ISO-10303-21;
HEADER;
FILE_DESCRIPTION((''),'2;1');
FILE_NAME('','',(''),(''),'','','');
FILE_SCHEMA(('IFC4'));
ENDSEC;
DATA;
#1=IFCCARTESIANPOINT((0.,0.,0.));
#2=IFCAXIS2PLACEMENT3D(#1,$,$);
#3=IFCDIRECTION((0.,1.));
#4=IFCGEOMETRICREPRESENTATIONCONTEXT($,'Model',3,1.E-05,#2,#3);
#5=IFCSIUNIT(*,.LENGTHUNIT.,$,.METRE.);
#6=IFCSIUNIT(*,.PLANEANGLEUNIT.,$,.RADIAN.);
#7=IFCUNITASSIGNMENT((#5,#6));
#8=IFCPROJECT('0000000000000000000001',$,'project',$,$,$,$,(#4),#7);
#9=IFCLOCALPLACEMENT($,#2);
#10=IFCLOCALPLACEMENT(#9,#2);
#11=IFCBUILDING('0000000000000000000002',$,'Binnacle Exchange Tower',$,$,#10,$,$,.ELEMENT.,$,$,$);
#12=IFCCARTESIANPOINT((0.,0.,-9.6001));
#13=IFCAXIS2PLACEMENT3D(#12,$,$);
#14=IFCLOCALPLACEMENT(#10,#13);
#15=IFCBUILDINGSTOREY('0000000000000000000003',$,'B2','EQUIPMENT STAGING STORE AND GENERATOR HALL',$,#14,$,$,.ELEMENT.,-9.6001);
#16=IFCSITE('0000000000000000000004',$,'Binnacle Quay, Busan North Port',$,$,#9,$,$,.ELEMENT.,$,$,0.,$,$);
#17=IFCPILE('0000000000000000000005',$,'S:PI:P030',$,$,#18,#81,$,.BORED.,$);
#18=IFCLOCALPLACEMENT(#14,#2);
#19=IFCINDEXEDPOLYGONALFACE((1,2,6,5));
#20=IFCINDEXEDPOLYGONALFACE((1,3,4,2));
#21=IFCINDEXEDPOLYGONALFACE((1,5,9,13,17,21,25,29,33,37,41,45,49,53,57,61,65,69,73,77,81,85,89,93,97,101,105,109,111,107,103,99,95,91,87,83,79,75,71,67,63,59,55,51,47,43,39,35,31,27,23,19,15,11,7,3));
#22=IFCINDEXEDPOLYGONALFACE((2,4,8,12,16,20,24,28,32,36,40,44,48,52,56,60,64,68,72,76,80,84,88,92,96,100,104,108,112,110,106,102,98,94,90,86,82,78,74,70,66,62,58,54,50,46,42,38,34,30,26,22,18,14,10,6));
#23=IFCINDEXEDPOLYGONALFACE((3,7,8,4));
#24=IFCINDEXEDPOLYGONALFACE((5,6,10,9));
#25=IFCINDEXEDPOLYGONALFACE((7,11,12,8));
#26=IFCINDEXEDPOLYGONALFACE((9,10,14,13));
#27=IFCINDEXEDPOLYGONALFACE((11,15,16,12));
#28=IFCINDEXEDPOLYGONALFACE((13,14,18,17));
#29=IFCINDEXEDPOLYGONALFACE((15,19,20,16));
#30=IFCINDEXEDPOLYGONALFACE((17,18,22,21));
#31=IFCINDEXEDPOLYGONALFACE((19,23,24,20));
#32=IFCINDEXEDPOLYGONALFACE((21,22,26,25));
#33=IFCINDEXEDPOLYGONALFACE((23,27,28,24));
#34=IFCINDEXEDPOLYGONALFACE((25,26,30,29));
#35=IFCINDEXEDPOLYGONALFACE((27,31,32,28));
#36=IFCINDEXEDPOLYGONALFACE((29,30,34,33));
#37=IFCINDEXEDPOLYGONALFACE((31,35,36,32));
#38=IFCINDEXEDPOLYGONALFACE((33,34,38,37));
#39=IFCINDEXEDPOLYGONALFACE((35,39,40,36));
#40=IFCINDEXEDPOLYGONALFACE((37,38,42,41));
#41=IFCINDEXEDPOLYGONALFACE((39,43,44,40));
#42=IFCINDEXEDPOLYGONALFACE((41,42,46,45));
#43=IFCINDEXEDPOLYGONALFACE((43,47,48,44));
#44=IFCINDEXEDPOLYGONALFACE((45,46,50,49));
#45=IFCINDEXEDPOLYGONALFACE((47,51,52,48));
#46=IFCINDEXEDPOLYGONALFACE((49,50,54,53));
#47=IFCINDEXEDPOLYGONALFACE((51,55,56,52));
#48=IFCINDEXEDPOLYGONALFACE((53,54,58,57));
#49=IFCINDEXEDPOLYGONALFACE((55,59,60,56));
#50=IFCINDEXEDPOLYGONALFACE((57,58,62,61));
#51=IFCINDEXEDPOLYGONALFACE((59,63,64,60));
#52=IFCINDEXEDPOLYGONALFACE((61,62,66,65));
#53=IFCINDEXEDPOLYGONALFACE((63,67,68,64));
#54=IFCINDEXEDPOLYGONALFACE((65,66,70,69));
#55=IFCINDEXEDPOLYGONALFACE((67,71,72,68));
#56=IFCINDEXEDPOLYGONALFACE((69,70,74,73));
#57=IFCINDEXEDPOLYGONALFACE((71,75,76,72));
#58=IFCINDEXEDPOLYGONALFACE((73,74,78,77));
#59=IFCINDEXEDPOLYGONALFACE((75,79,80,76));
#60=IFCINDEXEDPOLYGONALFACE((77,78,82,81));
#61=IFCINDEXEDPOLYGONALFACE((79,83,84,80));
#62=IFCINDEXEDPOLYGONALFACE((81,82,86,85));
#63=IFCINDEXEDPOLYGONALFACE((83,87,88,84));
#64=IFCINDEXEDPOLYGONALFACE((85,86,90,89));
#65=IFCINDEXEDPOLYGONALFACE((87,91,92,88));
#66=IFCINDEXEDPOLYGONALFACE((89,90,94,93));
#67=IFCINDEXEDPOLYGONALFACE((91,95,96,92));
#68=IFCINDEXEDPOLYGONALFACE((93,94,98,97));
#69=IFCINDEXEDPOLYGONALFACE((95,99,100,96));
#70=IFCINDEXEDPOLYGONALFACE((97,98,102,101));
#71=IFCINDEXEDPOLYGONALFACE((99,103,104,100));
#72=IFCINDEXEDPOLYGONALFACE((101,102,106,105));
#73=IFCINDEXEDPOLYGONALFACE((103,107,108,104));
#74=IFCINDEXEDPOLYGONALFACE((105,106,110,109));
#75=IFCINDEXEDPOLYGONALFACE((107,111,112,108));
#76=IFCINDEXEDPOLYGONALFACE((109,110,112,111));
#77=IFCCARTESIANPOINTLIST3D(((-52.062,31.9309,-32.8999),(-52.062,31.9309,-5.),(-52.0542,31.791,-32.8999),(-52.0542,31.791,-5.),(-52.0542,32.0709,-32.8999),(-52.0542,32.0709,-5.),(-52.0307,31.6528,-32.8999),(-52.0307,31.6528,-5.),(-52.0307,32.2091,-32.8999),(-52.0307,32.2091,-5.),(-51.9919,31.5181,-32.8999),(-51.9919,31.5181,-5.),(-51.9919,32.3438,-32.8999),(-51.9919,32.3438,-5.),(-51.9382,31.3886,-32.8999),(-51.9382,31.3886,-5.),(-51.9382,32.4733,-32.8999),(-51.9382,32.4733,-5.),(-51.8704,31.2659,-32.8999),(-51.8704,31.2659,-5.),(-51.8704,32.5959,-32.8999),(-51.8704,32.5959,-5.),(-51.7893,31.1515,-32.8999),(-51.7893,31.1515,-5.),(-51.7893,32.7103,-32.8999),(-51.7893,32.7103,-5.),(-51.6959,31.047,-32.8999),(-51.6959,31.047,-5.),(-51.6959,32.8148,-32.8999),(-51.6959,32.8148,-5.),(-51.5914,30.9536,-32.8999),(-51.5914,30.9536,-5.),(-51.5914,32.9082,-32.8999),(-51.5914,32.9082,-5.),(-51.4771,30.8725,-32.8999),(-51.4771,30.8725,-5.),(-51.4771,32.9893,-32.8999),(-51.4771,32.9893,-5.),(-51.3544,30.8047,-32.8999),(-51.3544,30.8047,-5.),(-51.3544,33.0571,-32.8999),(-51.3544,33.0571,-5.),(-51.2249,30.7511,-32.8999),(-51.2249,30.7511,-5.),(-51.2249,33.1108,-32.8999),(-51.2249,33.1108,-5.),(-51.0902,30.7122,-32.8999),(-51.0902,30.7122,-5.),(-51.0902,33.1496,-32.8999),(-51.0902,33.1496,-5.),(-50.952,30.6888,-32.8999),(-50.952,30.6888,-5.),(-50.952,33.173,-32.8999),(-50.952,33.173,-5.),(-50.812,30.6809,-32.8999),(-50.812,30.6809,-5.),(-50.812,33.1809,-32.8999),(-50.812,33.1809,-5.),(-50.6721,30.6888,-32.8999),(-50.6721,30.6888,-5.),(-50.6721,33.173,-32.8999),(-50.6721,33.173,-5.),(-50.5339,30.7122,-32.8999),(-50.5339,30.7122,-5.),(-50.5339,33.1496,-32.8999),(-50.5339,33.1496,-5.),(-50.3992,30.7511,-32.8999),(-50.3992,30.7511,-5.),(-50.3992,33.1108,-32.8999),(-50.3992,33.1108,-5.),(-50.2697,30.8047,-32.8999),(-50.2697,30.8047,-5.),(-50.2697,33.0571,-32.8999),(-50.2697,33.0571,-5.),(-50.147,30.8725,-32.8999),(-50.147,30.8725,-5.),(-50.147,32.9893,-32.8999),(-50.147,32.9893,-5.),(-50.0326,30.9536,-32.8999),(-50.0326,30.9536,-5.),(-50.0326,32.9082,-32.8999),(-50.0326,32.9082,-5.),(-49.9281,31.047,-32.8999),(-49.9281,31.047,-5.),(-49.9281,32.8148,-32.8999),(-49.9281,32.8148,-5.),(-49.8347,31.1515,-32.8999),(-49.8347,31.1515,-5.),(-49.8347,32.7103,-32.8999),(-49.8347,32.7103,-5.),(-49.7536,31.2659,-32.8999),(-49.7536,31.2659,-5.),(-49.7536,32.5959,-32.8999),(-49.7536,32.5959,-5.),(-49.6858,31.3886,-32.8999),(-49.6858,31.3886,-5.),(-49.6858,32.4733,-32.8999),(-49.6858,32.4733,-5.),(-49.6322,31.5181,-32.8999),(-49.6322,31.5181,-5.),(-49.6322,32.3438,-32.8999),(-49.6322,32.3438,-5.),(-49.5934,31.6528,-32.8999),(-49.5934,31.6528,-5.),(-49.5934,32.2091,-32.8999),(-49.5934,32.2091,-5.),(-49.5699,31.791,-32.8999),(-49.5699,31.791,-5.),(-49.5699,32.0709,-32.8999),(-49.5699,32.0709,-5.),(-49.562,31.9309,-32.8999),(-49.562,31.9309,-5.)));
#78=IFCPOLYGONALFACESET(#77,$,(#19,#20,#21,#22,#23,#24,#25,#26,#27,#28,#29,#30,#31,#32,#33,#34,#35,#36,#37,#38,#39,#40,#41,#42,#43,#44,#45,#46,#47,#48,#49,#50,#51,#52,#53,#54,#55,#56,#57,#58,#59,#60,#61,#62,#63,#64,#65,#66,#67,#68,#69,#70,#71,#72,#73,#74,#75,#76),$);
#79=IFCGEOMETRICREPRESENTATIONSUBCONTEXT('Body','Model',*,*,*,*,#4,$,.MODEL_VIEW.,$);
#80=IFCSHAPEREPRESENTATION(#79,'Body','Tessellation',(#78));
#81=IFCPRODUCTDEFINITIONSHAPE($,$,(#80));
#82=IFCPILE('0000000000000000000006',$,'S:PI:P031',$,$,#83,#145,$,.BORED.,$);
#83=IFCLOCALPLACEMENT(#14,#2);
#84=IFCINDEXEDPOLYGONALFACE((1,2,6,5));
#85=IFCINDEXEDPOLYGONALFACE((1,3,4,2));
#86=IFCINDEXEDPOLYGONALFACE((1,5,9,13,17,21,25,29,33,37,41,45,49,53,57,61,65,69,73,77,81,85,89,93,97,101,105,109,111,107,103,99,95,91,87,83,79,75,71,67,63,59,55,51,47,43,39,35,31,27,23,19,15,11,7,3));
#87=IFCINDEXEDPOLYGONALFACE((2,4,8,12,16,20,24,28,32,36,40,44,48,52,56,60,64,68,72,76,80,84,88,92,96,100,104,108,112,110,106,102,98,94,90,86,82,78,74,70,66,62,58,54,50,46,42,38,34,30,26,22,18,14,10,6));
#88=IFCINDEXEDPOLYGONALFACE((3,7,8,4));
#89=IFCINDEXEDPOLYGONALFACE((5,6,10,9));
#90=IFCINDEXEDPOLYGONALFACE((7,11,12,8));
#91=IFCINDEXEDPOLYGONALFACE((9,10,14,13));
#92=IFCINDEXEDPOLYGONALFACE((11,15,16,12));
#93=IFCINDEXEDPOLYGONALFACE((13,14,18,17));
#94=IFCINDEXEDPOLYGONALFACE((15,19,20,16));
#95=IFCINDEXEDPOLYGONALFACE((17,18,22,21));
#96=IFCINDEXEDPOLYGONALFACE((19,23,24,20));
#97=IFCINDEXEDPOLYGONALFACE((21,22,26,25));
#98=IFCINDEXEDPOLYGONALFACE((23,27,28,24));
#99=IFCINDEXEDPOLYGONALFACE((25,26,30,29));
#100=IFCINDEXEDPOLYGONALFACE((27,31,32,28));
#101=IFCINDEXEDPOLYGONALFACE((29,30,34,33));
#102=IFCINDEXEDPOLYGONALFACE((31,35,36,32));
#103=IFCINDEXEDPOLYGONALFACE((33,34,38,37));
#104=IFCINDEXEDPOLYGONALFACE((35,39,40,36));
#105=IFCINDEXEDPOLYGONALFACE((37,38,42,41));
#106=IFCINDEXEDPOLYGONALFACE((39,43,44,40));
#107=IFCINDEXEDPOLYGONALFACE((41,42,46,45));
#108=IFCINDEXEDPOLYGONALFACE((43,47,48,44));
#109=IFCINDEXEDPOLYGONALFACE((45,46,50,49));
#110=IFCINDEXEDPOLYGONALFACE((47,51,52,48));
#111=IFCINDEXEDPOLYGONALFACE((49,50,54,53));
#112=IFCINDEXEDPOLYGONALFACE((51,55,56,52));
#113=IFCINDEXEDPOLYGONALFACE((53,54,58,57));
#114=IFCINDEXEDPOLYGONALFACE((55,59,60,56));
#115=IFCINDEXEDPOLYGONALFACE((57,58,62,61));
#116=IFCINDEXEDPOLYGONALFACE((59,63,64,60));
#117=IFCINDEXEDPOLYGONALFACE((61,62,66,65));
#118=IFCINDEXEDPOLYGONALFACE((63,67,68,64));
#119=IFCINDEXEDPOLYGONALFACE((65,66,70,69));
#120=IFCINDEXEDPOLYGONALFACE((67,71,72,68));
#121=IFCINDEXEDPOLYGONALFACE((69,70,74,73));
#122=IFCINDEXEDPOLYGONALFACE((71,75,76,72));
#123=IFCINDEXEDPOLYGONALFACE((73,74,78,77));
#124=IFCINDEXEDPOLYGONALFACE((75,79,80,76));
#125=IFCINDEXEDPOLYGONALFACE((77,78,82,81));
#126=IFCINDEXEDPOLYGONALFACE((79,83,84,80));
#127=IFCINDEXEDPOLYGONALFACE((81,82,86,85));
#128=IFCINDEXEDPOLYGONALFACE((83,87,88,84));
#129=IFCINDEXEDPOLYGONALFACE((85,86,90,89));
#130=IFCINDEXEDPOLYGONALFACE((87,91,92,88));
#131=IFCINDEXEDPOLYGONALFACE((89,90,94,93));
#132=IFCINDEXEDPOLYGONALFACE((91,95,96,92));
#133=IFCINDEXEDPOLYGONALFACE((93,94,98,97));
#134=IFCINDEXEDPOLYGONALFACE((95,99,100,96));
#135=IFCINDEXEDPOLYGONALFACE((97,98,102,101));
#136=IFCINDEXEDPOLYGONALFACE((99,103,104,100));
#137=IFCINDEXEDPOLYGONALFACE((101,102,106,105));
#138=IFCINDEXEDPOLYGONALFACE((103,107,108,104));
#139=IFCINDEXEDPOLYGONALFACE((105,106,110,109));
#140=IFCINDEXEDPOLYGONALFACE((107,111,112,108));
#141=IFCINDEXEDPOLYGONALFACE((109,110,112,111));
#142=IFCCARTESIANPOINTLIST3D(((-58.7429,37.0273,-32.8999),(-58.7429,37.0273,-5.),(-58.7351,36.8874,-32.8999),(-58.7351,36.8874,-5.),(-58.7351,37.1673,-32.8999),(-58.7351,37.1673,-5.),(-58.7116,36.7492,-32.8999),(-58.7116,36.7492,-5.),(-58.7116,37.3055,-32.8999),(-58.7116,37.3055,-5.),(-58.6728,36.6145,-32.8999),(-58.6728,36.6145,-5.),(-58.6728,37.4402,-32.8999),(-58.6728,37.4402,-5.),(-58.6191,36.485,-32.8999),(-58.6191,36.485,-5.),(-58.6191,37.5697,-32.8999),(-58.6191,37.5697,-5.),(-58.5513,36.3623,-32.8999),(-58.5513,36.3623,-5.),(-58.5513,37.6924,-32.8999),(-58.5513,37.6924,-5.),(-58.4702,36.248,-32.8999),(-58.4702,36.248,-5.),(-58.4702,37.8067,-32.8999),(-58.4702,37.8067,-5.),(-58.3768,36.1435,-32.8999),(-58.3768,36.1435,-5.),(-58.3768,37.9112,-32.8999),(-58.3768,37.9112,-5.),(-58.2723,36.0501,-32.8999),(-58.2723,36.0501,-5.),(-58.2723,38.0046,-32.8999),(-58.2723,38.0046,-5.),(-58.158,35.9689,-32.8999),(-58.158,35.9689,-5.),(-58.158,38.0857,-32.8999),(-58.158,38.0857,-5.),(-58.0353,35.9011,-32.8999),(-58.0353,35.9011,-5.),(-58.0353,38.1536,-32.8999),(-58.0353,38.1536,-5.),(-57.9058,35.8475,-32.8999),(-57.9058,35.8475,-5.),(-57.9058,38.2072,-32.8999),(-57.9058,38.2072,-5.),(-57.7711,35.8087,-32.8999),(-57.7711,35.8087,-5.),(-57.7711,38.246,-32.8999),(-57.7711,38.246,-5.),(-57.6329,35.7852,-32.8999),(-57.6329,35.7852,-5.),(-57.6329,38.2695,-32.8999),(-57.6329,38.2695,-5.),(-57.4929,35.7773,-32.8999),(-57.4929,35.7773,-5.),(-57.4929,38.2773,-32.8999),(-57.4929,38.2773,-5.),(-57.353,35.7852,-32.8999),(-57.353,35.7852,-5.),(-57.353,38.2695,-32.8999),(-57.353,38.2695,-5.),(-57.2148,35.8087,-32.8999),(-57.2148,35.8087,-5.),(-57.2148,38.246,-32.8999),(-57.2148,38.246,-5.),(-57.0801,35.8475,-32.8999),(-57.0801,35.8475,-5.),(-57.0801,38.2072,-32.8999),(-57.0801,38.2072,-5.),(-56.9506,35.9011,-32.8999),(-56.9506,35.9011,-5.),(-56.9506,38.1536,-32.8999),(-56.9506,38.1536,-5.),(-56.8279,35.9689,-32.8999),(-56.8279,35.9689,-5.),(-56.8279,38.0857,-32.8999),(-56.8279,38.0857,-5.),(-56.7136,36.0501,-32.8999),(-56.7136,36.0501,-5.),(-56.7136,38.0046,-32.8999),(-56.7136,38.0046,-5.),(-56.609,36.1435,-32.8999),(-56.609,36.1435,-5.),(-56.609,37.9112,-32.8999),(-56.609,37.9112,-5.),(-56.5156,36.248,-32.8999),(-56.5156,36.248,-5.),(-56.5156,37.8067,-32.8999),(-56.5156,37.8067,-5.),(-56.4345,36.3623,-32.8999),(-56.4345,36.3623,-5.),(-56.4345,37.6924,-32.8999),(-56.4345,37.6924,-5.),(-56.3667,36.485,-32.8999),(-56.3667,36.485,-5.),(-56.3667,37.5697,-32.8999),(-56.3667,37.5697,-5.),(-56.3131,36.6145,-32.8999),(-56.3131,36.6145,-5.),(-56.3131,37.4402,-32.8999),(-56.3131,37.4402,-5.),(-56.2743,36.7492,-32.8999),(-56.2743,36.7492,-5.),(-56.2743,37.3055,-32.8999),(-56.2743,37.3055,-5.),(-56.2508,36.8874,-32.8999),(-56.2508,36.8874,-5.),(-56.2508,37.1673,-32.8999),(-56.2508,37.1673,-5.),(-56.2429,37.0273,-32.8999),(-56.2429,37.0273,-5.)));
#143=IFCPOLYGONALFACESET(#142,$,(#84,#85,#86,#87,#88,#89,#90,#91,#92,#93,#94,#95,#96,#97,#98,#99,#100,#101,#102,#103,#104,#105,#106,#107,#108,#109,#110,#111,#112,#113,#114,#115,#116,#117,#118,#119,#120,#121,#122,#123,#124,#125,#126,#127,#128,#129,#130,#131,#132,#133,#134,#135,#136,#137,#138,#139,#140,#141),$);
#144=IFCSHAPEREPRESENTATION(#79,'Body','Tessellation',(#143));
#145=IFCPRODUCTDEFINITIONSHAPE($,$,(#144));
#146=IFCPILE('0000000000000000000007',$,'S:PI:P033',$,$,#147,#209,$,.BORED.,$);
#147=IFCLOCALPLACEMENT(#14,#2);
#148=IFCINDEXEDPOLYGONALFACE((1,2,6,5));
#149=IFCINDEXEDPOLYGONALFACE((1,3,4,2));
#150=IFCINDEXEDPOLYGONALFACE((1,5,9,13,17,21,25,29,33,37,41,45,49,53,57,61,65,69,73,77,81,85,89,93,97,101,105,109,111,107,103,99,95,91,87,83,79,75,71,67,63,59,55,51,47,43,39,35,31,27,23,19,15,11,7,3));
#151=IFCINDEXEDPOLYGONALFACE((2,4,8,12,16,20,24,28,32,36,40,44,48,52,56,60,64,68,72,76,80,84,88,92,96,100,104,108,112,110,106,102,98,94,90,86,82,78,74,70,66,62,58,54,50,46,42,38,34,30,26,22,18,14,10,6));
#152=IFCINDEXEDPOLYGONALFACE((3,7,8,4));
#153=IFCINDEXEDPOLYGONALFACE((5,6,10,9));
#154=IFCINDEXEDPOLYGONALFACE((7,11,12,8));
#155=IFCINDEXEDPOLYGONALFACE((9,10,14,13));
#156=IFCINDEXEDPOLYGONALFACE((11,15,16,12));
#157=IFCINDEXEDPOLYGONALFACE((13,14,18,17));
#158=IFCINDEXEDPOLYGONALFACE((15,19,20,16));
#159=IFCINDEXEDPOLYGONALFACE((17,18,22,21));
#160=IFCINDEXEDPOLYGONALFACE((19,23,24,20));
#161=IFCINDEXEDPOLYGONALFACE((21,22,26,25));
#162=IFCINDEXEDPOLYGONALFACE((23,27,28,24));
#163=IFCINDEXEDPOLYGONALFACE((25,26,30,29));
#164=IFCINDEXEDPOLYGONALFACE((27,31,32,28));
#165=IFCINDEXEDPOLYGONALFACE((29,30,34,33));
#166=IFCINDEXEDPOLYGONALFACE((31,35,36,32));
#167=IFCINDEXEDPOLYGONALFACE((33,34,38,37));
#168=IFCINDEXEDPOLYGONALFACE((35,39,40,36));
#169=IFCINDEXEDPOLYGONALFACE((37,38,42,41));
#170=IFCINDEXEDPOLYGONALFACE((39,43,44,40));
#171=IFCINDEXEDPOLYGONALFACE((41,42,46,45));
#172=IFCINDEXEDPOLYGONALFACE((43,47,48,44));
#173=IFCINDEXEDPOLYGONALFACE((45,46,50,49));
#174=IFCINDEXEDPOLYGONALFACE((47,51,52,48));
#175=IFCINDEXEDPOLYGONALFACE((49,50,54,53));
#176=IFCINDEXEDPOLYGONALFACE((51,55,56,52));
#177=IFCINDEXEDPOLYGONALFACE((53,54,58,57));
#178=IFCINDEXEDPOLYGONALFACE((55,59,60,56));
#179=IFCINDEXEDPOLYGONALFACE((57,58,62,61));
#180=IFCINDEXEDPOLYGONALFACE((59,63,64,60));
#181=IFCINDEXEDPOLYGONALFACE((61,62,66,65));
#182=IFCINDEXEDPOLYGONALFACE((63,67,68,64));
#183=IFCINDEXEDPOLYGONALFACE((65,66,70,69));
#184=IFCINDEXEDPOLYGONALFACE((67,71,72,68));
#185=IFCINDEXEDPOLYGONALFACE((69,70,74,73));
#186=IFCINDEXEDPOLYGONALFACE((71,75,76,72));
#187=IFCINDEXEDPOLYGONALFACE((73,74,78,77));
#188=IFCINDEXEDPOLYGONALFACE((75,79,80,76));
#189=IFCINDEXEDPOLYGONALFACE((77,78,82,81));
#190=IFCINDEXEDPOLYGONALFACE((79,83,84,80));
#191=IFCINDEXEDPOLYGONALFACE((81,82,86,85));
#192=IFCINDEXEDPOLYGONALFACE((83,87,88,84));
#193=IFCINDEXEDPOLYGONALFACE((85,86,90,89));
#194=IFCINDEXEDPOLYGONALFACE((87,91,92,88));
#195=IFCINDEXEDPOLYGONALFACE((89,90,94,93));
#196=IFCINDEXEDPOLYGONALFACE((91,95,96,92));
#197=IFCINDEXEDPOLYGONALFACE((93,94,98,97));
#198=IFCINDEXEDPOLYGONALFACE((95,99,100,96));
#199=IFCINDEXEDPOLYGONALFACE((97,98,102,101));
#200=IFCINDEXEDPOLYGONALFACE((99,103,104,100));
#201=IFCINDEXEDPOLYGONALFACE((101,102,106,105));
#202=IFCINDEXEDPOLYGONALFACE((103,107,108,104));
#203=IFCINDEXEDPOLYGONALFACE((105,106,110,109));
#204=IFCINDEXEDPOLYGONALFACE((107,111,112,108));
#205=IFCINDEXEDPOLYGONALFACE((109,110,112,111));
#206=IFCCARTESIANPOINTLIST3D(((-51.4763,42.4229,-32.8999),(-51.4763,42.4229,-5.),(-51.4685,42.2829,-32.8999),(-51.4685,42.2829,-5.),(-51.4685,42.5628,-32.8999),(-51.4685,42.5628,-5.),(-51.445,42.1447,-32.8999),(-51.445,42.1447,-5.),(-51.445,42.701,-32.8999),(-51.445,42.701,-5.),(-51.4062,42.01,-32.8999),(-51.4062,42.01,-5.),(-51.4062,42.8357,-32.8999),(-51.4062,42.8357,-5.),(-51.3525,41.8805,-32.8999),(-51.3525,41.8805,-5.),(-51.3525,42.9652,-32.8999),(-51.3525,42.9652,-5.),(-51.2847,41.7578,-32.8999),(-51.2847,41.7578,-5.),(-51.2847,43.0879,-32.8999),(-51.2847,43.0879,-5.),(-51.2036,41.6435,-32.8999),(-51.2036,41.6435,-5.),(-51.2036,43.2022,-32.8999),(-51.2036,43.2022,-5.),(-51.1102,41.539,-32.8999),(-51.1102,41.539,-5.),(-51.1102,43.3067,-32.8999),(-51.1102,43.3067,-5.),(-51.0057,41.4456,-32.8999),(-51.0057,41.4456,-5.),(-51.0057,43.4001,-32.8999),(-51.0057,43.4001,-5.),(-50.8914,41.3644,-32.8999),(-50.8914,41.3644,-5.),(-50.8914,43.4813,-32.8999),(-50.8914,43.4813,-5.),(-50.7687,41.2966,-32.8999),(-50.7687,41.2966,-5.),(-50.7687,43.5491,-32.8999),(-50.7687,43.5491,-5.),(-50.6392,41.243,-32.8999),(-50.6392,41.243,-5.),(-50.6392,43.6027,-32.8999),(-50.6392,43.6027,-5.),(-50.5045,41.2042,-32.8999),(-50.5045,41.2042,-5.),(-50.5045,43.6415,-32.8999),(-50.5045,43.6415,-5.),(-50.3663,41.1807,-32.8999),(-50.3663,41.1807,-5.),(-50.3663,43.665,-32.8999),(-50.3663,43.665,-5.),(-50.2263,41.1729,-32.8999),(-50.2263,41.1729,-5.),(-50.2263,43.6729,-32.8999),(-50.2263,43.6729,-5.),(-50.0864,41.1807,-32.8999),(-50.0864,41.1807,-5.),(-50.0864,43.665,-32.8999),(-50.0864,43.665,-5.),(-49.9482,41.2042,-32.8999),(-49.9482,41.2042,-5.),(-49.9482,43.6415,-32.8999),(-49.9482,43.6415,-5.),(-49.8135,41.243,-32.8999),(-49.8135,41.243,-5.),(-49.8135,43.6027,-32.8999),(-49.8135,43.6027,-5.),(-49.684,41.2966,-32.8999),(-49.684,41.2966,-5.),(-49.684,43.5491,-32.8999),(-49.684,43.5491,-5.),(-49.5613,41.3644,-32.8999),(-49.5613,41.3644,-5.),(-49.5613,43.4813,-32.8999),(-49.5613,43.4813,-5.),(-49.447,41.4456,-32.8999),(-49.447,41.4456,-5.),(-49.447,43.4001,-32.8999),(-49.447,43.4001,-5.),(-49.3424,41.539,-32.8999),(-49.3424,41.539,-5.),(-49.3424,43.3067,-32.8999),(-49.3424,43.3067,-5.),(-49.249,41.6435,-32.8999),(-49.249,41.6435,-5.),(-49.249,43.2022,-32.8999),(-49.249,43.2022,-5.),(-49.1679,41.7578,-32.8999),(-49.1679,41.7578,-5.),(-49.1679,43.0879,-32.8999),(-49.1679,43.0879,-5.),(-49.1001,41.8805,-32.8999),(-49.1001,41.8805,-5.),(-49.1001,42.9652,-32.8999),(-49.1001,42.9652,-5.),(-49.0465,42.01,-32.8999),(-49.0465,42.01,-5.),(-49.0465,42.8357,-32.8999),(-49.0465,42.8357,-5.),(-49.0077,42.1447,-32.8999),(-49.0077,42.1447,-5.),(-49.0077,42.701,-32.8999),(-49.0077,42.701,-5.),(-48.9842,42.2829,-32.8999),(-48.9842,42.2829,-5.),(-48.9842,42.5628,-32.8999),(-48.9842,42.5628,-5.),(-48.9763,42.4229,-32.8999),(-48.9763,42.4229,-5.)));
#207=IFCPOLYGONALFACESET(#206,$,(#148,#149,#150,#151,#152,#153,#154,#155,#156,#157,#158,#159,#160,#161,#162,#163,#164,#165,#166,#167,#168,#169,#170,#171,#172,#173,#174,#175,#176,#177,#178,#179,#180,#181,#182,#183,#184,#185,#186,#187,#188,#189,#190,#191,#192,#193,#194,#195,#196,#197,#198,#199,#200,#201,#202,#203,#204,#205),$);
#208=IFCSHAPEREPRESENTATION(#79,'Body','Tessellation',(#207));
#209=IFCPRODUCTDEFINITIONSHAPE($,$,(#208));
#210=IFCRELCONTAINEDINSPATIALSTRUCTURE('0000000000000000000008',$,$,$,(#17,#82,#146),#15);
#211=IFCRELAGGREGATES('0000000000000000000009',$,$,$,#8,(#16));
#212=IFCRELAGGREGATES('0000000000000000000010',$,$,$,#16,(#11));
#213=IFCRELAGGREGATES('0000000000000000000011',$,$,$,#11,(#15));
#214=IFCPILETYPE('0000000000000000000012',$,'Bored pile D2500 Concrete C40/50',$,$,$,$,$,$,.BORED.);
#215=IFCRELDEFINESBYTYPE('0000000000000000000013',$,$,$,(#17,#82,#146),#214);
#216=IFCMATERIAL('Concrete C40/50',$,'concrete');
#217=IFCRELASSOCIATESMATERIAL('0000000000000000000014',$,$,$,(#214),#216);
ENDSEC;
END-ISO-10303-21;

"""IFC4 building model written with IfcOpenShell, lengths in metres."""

from ifc_helpers import new_model, si_unit, direction, frame, origin, origin_2d, place, context, subcontext, project, spatial, circle, extrude, material, material_profile, profile_set, type_object, element, save


model = new_model("IFC4")

# Units and contexts
model_context = context("Model", 3, precision=1e-05, world=origin(), true_north=direction((0.0, 1.0)))
body_context = subcontext(model_context, "Body", "Model", "MODEL_VIEW")
ifc_project = project(units=[si_unit("LENGTHUNIT", "METRE"), si_unit("PLANEANGLEUNIT", "RADIAN")], contexts=[model_context])

# Site, building, storey
site_placement = place(None, origin())
site = spatial("IfcSite", under=ifc_project, at=site_placement, Name="Binnacle Quay, Busan North Port", CompositionType="ELEMENT", RefElevation=0.0)
building_placement = place(site_placement, origin())
building = spatial("IfcBuilding", under=site, at=building_placement, Name="Binnacle Exchange Tower", CompositionType="ELEMENT")
storey_placement = place(building_placement, frame((0.0, 0.0, -9.6001)))
storey = spatial("IfcBuildingStorey", under=building, at=storey_placement, Name="B2", Description="EQUIPMENT STAGING STORE AND GENERATOR HALL", CompositionType="ELEMENT", Elevation=-9.6001)

# Piles
ifc_material_1 = material(Name="Concrete C40/50", Category="concrete")
ifc_material_profile_1 = material_profile(ifc_material_1, circle(Radius=1.25, at=origin_2d()), Name="Bored pile D2500")
ifc_profile_set_1 = profile_set([ifc_material_profile_1], Name="Concrete C40/50")
pile_type = type_object("IfcPileType", Name="Bored pile D2500 Concrete C40/50", PredefinedType="BORED", material=ifc_profile_set_1)
for number, where, z_axis, x_axis, name in (
    (1, (-50.812, 31.9309, -5.0), (0.0, 0.0, -1.0), (1.0, 0.0, 0.0), "S:PI:P030"),
    (2, (-57.4929, 37.0273, -5.0), (0.0, 0.0, -1.0), (1.0, 0.0, 0.0), "S:PI:P031"),
    (3, (-50.2263, 42.4229, -5.0), (0.0, 0.0, -1.0), (1.0, 0.0, 0.0), "S:PI:P033"),
):
    element("IfcPile", number, at=place(storey_placement, frame(where, z_axis=z_axis, x_axis=x_axis)), inside=storey, type_object=pile_type, Name=name, PredefinedType="BORED", context=body_context, shape_type="SweptSolid", body=[
        extrude(circle(Radius=1.25, at=origin_2d()), origin(), (0.0, 0.0, 1.0), 27.8999),
    ])

save(model, "model.ifc")
